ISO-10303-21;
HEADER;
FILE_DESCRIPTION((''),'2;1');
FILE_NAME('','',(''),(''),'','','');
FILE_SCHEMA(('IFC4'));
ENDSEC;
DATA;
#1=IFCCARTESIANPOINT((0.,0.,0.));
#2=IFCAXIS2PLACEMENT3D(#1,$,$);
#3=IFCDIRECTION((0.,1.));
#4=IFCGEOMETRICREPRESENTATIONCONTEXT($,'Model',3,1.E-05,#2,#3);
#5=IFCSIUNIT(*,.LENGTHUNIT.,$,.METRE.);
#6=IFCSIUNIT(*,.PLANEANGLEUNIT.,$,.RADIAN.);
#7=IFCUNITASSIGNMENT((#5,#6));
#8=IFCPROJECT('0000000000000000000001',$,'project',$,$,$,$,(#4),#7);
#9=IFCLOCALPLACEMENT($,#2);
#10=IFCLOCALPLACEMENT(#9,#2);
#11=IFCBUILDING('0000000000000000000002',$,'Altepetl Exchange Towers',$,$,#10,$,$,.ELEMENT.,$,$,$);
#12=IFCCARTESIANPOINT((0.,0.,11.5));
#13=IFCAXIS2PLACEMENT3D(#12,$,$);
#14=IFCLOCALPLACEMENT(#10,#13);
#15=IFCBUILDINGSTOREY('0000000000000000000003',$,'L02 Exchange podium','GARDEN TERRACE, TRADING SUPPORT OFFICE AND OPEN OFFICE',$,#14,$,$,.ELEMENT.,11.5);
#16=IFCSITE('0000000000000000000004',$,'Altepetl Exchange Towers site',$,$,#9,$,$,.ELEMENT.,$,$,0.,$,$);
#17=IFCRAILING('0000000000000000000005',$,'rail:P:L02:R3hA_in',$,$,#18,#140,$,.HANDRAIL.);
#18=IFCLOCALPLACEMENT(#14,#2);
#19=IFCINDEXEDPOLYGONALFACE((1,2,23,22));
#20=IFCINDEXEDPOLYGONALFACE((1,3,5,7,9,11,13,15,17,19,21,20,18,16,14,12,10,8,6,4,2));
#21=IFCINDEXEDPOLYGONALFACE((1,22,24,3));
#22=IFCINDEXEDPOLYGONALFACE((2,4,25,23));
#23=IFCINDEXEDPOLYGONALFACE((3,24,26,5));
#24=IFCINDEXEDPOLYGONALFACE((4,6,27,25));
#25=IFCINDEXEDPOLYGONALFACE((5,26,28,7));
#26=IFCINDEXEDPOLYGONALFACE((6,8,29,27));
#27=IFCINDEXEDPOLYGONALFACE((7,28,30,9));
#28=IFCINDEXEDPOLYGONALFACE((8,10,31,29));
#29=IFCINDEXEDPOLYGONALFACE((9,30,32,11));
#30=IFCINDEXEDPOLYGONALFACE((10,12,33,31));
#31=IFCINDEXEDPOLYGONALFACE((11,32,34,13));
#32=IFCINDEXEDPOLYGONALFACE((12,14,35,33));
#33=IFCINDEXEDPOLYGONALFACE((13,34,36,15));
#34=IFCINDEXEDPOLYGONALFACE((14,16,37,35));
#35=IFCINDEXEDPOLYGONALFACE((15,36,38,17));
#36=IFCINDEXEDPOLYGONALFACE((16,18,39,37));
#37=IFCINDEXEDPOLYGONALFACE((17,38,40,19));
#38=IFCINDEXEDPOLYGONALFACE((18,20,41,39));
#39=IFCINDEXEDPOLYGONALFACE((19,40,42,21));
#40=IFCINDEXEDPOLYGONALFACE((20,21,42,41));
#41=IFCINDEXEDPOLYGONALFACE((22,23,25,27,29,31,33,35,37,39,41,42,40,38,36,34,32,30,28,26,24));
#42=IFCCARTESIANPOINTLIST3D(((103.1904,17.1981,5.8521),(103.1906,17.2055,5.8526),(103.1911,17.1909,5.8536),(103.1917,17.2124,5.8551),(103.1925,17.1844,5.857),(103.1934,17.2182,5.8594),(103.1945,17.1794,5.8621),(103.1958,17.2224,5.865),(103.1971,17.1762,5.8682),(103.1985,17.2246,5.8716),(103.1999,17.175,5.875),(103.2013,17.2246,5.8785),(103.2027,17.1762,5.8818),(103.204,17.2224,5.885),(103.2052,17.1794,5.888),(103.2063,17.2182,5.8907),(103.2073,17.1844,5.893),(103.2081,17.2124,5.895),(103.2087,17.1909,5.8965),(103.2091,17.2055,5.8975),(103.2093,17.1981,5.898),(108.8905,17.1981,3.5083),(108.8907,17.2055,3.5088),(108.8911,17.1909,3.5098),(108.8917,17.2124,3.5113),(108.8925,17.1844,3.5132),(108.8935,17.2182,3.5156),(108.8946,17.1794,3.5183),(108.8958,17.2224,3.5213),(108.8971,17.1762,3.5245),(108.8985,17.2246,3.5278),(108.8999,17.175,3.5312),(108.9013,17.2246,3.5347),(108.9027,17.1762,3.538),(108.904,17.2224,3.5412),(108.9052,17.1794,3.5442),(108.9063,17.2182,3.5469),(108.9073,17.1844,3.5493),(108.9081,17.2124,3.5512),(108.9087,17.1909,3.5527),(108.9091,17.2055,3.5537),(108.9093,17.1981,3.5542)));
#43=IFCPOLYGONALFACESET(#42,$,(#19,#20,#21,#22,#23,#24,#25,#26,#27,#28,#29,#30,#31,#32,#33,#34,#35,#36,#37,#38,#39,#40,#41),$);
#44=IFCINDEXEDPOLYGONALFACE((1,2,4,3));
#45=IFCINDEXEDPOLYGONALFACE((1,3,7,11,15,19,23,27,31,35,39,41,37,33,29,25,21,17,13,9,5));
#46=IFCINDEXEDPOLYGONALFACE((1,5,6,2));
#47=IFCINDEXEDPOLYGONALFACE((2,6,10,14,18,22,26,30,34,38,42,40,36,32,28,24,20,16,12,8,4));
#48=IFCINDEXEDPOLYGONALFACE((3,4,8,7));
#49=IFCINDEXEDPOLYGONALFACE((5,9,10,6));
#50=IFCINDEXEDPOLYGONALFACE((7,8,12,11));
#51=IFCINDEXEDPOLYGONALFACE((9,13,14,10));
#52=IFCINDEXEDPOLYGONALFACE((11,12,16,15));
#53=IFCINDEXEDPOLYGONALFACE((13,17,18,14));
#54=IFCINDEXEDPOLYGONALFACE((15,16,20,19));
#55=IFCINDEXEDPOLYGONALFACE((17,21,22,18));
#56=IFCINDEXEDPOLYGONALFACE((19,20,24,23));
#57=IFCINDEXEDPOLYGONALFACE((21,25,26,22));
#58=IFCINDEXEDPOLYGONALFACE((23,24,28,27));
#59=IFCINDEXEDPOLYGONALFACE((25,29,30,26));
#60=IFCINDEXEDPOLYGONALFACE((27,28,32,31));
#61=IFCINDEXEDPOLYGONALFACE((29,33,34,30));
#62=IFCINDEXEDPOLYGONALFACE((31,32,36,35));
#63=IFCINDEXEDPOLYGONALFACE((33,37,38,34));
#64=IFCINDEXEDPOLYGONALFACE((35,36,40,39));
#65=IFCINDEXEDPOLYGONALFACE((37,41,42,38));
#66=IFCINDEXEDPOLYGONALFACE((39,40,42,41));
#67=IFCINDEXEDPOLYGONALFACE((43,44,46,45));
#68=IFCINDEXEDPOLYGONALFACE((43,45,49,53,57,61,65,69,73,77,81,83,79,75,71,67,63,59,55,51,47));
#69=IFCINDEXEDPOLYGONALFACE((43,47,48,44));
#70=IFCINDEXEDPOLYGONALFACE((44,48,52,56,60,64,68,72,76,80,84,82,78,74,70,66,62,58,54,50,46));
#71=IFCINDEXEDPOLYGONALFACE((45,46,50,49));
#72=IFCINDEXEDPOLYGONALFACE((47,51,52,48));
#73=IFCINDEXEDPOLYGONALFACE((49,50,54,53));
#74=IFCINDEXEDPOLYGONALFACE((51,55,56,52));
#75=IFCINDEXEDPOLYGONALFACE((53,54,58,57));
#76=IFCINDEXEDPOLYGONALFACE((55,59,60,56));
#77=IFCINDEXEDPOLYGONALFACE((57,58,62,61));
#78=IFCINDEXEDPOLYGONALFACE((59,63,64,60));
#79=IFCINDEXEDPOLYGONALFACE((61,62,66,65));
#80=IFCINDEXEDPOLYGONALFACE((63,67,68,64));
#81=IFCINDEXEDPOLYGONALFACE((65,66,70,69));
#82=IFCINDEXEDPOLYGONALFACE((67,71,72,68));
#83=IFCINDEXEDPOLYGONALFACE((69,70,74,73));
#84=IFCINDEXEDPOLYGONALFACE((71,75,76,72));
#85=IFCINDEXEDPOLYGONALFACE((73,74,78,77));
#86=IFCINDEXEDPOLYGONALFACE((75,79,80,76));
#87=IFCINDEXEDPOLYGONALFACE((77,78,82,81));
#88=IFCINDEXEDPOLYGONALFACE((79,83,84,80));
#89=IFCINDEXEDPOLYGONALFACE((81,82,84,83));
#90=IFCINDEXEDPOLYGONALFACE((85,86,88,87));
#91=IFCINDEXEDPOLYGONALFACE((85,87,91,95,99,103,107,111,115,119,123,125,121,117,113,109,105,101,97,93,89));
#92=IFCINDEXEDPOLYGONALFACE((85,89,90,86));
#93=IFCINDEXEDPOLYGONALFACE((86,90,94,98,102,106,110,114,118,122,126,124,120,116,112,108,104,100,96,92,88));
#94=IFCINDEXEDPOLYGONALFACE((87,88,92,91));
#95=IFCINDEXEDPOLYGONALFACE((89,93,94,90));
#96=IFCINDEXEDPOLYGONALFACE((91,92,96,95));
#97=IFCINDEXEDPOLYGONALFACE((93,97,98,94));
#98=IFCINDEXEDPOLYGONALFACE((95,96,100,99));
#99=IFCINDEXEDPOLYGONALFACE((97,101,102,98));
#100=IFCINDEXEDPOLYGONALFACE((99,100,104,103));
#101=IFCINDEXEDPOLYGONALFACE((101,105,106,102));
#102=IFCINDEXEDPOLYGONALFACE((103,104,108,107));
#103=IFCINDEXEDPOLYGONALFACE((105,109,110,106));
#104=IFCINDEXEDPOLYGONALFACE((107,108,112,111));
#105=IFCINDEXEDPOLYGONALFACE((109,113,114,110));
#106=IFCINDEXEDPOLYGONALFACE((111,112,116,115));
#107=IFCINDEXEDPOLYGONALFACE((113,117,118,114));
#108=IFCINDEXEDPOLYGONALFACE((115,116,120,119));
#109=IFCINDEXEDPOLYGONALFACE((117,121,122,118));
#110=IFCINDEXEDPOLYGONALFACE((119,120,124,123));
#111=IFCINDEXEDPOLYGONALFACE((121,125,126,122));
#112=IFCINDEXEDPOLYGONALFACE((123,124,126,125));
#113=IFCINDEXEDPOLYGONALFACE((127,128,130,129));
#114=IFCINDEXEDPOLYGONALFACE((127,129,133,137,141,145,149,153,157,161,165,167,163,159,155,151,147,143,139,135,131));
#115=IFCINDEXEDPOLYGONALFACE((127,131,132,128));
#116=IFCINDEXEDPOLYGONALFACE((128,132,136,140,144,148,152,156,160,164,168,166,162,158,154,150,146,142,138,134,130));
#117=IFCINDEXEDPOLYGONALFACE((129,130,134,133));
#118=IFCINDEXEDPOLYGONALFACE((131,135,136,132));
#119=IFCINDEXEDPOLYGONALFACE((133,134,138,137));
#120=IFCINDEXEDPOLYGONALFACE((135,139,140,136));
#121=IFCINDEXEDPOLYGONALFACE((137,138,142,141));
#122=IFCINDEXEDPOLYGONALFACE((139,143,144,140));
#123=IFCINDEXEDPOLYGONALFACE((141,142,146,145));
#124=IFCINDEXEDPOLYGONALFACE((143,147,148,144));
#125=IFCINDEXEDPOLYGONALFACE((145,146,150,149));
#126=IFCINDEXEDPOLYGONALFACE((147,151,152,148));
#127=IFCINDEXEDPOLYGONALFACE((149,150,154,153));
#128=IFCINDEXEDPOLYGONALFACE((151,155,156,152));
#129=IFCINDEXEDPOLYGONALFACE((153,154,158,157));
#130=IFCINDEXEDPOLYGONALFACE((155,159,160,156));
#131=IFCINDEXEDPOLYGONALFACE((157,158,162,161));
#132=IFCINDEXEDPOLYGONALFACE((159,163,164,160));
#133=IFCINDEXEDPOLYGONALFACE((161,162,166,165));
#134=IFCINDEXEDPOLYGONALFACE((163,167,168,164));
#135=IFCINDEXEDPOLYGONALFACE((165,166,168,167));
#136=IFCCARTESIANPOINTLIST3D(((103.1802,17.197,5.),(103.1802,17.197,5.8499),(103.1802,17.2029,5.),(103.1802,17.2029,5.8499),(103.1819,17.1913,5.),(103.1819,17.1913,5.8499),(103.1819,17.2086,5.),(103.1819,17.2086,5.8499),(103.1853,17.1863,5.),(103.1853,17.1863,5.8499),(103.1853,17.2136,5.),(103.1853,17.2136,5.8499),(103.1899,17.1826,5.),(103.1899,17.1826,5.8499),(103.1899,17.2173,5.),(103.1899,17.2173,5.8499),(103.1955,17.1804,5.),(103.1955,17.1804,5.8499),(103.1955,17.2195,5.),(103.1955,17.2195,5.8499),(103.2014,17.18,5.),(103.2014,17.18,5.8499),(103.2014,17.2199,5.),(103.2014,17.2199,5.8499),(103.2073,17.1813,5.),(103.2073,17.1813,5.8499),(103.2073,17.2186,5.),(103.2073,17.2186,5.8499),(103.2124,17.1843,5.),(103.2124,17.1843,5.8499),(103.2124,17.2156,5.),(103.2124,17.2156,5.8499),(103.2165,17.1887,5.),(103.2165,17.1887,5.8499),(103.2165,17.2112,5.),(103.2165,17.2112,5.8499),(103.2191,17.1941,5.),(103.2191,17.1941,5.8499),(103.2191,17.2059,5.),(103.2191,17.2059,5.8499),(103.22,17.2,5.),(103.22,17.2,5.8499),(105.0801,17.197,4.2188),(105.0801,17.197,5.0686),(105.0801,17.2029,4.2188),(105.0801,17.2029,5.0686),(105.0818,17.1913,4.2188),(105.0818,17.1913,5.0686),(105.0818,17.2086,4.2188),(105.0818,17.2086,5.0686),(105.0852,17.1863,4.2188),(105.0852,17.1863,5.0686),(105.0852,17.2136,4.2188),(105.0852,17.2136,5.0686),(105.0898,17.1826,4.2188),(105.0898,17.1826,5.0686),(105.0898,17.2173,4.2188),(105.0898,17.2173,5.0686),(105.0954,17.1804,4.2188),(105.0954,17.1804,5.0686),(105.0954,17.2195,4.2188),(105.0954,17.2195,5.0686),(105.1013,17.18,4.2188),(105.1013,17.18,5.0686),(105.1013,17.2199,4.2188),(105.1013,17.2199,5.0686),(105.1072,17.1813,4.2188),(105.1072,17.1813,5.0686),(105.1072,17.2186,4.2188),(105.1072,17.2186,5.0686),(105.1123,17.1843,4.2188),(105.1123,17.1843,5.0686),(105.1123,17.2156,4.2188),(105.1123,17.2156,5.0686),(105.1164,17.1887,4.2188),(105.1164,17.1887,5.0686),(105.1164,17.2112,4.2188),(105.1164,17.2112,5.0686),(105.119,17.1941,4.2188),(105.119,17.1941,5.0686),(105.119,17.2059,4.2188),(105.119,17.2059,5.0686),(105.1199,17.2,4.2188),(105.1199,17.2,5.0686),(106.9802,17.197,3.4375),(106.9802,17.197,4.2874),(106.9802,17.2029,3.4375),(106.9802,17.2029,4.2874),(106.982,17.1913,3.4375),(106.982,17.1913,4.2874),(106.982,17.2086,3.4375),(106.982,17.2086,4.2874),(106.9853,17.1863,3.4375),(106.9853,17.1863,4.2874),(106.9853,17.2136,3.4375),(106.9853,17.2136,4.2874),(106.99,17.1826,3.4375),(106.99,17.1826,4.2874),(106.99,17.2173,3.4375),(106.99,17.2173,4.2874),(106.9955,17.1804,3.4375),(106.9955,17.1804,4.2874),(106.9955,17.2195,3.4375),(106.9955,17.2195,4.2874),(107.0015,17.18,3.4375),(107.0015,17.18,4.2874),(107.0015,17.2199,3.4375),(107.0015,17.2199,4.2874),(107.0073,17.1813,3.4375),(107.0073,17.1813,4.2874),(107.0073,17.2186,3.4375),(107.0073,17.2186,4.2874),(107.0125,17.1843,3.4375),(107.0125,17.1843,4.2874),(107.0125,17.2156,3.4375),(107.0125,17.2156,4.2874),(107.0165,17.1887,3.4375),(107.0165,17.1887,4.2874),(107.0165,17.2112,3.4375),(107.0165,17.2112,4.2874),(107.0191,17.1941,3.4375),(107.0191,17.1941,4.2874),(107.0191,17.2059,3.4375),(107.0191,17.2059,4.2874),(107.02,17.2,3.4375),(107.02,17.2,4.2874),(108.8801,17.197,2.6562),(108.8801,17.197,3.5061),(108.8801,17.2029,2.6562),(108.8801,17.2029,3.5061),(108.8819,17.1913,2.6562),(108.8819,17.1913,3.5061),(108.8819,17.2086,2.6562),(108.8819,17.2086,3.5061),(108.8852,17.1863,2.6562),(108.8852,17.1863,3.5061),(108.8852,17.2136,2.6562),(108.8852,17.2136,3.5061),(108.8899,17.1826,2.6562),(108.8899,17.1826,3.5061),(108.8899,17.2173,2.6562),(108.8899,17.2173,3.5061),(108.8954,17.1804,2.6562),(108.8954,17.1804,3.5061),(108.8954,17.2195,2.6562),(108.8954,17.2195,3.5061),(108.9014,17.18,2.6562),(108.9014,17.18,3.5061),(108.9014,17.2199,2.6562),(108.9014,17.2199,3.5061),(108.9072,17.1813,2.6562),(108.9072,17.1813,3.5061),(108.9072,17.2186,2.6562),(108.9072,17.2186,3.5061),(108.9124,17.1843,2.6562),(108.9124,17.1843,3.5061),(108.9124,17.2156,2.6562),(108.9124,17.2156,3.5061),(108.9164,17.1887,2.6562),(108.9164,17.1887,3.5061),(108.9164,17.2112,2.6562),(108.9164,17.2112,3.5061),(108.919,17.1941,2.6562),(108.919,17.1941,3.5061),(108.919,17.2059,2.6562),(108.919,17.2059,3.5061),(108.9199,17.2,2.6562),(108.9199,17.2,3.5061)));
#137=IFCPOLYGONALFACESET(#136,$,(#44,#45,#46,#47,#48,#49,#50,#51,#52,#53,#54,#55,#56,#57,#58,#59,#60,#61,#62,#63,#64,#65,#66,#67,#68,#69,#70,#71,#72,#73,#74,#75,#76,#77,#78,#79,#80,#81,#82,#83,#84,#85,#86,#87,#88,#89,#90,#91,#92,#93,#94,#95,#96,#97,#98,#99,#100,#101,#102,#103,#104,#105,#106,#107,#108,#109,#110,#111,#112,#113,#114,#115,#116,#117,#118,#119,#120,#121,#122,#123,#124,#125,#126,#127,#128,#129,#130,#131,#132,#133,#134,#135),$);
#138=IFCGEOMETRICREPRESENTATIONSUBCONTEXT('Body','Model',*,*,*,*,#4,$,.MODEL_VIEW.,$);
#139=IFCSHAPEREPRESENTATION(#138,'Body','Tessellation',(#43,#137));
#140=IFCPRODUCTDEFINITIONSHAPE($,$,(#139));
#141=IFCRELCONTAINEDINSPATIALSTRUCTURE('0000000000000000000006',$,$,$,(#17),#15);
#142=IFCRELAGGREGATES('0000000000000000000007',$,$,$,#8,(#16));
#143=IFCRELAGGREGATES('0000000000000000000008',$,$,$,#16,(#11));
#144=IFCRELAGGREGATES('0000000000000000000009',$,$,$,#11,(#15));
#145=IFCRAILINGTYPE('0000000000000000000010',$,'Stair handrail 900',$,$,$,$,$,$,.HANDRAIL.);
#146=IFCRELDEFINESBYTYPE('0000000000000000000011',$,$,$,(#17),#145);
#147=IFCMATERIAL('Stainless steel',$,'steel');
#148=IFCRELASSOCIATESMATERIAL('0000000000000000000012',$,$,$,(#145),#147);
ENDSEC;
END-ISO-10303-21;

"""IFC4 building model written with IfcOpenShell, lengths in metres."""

from ifc_helpers import new_model, si_unit, direction, frame, origin, origin_2d, place, context, subcontext, project, spatial, circle, extrude, source, transform, mapped, material, type_object, element, save


model = new_model("IFC4")

# Units and contexts
model_context = context("Model", 3, precision=1e-05, world=origin(), true_north=direction((0.0, 1.0)))
body_context = subcontext(model_context, "Body", "Model", "MODEL_VIEW")
ifc_project = project(units=[si_unit("LENGTHUNIT", "METRE"), si_unit("PLANEANGLEUNIT", "RADIAN")], contexts=[model_context])

# Site, building, storey
site_placement = place(None, origin())
site = spatial("IfcSite", under=ifc_project, at=site_placement, Name="Altepetl Exchange Towers site", CompositionType="ELEMENT", RefElevation=0.0)
building_placement = place(site_placement, origin())
building = spatial("IfcBuilding", under=site, at=building_placement, Name="Altepetl Exchange Towers", CompositionType="ELEMENT")
storey_placement = place(building_placement, frame((0.0, 0.0, 11.5)))
storey = spatial("IfcBuildingStorey", under=building, at=storey_placement, Name="L02 Exchange podium", Description="GARDEN TERRACE, TRADING SUPPORT OFFICE AND OPEN OFFICE", CompositionType="ELEMENT", Elevation=11.5)

# Railing
ifc_material_1 = material(Name="Stainless steel", Category="steel")
railing_type_1 = type_object("IfcRailingType", Name="Stair handrail 900", PredefinedType="HANDRAIL", material=ifc_material_1)
shared_shape_1 = source(origin(), body_context, "Body", "SweptSolid", [
    extrude(circle(Radius=0.02, at=origin_2d()), origin(), (0.0, 0.0, 1.0), 0.8499),
])
for number, where, name in (
    (1, (108.8999, 17.2, 2.6562), "rail:P:L02:R3hA_in"),
):
    element("IfcRailing", number, at=place(storey_placement, frame(where)), inside=storey, type_object=railing_type_1, Name=name, PredefinedType="HANDRAIL", context=body_context, shape_type="SweptSolid", body=[
        extrude(circle(Radius=0.0249, at=origin_2d()), frame((0.0, 0.0, 0.875), z_axis=(-0.924866, 0.0, 0.380293), x_axis=(0.0, -1.0, 0.0)), (0.0, 0.0, 1.0), 6.1631),
        mapped(shared_shape_1, transform((0.0, 0.0, 0.0))),
        mapped(shared_shape_1, transform((-1.8999, 0.0, 0.7812))),
        mapped(shared_shape_1, transform((-3.8, 0.0, 1.5625))),
        mapped(shared_shape_1, transform((-5.7, 0.0, 2.3438))),
    ])

save(model, "model.ifc")
